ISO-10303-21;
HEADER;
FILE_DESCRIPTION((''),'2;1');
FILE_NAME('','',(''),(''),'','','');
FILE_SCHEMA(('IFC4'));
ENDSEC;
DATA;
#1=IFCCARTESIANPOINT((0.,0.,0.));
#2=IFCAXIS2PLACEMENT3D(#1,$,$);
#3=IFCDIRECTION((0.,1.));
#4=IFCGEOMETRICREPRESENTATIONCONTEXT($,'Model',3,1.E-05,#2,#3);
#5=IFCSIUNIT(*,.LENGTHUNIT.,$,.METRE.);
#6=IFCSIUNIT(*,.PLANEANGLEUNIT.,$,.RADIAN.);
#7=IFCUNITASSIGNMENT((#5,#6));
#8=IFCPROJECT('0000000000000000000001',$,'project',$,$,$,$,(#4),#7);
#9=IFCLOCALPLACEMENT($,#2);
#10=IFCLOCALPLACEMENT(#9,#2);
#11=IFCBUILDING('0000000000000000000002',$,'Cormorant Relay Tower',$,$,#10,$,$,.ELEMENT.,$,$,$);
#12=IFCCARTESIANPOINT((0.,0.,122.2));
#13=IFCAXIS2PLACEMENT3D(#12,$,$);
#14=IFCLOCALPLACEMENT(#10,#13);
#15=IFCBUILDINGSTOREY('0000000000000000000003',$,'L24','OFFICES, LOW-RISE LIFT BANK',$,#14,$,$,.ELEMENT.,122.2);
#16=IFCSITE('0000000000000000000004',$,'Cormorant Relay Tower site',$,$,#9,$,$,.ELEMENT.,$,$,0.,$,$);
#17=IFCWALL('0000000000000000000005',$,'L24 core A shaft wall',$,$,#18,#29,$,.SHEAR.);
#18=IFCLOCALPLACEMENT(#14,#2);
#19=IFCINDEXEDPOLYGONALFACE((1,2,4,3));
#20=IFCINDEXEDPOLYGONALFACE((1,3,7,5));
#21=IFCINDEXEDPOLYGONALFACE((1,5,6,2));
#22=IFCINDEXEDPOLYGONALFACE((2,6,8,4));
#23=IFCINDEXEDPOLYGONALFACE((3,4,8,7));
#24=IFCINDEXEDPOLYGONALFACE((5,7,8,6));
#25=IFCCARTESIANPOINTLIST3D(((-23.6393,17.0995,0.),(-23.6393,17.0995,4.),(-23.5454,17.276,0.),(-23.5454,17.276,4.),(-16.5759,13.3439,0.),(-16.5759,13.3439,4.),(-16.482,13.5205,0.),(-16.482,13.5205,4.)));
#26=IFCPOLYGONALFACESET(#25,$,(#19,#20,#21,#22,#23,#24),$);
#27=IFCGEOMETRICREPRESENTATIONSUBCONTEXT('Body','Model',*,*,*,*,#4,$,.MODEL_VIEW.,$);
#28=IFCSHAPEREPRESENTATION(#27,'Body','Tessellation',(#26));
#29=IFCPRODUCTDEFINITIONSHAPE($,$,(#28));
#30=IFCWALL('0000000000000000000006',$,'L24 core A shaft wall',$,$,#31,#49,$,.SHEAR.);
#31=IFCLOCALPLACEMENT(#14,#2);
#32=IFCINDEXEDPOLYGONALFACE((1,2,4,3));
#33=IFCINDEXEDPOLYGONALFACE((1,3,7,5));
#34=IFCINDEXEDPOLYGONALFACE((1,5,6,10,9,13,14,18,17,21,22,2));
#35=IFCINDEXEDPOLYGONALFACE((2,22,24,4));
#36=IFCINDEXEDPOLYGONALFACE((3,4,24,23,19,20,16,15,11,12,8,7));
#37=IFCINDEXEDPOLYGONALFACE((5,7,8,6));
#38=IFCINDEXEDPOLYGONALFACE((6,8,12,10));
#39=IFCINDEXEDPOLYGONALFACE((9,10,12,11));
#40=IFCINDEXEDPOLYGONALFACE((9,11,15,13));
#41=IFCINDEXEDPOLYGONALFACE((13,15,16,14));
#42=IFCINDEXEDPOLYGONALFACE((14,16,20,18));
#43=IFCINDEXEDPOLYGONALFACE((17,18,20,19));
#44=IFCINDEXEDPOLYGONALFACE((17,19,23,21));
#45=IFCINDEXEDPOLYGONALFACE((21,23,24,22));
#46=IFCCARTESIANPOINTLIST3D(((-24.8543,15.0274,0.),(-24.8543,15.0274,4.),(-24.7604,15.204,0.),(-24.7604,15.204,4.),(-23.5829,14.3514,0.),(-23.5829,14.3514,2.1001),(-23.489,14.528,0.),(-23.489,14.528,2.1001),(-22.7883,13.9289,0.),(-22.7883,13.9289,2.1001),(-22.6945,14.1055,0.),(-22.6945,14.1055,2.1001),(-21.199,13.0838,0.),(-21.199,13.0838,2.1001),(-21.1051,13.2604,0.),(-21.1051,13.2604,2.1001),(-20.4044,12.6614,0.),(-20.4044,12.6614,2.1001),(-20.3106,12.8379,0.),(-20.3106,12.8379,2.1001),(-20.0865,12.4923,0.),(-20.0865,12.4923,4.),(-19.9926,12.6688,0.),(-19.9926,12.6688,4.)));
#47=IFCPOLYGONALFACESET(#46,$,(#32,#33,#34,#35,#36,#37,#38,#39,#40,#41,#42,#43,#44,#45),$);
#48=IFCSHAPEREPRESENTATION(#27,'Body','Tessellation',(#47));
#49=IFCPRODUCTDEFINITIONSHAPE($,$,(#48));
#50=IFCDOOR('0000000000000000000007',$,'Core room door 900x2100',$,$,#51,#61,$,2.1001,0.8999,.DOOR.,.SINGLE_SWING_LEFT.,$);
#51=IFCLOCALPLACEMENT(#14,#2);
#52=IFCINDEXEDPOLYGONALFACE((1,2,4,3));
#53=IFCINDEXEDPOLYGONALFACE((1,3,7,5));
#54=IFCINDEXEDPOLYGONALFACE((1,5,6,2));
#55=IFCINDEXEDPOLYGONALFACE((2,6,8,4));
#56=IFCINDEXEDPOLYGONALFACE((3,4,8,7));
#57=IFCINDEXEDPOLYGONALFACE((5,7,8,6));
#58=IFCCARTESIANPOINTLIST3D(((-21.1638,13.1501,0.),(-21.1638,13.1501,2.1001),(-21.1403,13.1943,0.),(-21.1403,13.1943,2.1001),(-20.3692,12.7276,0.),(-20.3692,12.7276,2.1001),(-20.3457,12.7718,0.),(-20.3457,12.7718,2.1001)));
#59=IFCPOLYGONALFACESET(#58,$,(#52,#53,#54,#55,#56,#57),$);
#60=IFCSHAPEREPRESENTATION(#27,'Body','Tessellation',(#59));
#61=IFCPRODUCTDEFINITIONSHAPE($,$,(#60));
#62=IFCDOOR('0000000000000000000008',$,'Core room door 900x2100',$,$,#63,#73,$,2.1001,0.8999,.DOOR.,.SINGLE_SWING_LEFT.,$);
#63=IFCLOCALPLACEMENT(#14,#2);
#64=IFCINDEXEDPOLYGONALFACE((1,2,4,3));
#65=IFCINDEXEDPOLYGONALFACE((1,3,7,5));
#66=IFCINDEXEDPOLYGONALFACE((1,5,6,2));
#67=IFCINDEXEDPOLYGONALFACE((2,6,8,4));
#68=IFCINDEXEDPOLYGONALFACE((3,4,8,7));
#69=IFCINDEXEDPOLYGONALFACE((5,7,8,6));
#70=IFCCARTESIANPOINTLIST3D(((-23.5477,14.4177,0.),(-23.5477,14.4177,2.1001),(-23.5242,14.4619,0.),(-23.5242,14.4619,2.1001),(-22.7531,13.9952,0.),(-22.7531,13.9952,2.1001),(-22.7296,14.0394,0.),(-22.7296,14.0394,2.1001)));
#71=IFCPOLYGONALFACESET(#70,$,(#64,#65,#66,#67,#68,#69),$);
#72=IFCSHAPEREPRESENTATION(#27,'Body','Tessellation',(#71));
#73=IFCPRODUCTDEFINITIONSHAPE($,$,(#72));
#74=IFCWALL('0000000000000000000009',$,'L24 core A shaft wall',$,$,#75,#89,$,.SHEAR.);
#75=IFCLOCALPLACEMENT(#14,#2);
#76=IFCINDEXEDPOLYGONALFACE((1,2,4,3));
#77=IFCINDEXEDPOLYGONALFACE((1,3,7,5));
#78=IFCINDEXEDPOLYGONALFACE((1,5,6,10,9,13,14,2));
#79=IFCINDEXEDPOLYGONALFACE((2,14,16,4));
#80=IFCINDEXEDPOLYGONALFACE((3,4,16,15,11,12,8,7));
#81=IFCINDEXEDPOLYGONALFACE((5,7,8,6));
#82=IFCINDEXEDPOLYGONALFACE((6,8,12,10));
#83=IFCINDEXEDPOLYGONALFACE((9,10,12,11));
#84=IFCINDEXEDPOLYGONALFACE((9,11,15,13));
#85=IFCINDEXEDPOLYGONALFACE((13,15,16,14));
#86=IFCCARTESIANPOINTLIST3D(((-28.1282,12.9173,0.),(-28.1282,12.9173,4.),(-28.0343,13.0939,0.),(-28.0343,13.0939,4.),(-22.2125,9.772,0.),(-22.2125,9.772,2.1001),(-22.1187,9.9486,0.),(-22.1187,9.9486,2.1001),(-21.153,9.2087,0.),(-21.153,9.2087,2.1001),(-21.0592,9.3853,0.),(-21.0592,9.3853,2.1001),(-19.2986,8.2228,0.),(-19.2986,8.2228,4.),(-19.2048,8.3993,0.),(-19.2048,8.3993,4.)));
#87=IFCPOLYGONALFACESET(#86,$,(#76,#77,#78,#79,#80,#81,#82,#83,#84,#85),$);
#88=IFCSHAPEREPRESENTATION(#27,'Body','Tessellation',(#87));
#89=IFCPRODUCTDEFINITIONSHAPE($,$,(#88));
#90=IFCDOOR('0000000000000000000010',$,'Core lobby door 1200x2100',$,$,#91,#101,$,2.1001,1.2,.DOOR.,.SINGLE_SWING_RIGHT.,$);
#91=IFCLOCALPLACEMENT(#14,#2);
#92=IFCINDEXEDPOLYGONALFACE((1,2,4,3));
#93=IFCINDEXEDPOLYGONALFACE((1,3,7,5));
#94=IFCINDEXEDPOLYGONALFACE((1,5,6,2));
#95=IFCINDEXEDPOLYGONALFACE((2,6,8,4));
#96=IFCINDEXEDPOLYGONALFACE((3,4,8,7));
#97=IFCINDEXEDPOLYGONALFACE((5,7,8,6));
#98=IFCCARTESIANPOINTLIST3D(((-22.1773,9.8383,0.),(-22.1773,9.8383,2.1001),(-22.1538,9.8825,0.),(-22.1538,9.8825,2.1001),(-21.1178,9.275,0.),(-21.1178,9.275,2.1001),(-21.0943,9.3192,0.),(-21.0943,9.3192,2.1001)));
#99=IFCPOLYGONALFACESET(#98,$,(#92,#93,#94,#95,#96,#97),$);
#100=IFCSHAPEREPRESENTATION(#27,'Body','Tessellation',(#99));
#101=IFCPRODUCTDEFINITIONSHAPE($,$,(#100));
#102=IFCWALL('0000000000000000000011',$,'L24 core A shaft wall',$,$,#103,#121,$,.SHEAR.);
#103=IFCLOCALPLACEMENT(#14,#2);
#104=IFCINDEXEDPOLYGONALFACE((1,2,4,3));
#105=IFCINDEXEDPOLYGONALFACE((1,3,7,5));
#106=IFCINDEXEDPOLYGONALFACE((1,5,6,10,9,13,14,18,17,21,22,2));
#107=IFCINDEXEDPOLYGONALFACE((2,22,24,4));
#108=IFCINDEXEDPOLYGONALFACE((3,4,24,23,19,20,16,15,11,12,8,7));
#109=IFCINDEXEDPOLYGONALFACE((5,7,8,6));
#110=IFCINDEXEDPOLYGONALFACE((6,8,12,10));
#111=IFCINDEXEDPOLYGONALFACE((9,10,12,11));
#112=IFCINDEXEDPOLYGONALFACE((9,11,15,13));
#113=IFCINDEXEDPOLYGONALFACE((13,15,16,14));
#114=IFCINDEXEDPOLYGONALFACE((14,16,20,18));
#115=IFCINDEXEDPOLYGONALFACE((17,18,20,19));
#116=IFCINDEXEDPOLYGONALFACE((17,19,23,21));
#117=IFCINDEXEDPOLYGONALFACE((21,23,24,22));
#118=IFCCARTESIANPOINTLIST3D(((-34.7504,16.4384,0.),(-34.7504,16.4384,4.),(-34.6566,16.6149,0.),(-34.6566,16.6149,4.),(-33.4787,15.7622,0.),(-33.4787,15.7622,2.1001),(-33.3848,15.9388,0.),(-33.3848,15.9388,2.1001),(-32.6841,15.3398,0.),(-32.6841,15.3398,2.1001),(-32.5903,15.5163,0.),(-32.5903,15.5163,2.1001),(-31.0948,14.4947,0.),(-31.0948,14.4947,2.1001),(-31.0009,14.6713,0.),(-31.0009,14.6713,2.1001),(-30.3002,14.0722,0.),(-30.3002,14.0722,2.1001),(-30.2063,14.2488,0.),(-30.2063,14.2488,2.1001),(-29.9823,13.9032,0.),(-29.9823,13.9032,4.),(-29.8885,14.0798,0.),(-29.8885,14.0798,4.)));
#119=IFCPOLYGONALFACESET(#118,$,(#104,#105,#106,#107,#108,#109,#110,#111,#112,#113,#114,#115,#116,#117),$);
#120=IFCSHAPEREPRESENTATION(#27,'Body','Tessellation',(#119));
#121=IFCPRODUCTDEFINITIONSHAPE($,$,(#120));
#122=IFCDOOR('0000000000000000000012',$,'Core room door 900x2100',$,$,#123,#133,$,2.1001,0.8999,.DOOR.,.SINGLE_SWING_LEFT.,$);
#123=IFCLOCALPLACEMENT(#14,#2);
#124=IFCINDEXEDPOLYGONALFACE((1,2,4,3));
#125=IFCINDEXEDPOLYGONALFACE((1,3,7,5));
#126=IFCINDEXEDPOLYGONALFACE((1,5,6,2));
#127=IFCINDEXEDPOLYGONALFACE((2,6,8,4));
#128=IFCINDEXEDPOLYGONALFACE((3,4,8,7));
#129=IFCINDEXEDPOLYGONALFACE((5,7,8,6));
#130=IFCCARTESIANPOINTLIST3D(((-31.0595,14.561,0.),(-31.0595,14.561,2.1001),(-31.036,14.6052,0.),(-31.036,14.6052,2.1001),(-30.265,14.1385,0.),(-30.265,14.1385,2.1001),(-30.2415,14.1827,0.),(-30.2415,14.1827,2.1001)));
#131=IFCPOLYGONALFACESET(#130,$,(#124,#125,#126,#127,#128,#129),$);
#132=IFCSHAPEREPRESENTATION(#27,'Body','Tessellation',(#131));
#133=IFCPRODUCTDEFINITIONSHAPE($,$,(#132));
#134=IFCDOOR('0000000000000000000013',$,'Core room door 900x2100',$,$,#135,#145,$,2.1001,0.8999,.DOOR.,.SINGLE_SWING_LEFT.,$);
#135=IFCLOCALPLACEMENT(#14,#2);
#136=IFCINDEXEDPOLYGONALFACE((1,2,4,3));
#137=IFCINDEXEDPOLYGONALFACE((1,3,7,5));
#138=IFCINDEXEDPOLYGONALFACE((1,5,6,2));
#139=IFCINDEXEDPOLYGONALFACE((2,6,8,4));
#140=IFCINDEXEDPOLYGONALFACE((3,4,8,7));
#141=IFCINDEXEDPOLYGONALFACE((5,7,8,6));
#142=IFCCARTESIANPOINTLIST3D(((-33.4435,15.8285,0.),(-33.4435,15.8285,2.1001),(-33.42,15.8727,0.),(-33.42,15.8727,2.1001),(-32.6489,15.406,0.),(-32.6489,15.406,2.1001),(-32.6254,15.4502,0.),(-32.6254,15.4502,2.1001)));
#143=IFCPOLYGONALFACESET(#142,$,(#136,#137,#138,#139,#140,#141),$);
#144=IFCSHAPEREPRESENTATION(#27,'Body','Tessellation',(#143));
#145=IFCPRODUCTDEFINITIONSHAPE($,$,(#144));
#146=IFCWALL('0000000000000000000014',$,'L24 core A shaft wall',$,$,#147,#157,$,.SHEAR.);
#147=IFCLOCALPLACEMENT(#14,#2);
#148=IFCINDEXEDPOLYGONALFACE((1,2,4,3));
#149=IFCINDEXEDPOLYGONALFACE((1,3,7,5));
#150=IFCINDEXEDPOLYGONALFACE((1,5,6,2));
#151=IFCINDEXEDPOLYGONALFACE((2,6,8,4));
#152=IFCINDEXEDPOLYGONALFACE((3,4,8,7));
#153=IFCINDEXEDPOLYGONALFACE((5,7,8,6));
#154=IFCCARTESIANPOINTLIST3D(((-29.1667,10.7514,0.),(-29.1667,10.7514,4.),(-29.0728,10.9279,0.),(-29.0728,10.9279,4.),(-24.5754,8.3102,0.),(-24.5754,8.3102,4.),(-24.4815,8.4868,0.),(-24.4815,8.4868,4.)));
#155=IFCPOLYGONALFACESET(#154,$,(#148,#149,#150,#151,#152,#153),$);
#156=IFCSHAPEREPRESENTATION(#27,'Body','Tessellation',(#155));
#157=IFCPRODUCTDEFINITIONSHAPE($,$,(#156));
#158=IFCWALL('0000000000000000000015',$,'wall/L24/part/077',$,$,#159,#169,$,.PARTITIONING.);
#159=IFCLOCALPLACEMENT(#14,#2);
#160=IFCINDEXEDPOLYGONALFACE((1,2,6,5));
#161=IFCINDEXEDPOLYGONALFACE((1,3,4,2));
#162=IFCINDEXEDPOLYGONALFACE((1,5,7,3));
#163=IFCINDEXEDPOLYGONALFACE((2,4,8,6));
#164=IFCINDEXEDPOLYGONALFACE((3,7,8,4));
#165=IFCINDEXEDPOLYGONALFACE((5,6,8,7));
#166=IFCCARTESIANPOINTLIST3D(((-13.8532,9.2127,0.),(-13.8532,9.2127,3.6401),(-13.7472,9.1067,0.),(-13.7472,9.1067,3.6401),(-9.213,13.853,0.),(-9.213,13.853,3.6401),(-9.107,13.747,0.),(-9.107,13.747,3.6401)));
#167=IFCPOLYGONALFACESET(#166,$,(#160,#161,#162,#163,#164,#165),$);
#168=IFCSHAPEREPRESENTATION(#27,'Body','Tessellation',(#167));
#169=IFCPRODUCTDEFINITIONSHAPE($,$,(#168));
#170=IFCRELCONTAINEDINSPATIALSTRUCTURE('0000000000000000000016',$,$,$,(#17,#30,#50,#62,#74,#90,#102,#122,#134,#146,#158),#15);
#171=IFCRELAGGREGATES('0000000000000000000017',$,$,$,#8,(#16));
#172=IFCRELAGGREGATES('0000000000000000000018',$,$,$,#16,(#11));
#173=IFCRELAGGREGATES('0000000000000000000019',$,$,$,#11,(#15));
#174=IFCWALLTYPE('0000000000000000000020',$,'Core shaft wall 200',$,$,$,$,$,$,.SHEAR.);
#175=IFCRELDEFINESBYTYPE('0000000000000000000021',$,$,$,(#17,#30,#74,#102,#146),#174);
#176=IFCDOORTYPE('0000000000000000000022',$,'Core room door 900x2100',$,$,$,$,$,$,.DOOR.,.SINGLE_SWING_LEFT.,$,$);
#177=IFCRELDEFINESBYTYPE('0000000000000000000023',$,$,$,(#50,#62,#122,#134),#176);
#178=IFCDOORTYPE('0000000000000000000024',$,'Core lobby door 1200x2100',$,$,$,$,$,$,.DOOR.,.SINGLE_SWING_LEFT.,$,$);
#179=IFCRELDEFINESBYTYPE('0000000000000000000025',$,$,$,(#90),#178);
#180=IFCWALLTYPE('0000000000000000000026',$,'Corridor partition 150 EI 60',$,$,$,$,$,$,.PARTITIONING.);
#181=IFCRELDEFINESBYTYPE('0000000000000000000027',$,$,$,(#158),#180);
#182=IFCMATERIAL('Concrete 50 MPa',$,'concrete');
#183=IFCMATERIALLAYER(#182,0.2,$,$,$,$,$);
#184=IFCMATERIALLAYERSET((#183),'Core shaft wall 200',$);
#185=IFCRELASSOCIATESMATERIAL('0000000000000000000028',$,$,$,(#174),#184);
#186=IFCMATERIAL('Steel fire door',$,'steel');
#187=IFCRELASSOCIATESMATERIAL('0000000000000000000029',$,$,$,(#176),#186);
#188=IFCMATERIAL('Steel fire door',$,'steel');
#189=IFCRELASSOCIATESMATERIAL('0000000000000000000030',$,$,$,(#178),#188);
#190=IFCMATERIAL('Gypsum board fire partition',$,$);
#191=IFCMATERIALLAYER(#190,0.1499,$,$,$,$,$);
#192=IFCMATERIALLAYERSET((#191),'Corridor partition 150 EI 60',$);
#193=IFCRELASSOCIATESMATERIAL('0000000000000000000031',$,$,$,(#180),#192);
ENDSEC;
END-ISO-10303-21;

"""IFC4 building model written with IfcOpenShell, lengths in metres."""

from ifc_helpers import new_model, si_unit, direction, frame, frame_2d, origin, place, context, subcontext, project, spatial, rectangle, extrude, material, layer, layer_set, type_object, element, fill, save


model = new_model("IFC4")

# Units and contexts
model_context = context("Model", 3, precision=1e-05, world=origin(), true_north=direction((0.0, 1.0)))
body_context = subcontext(model_context, "Body", "Model", "MODEL_VIEW")
ifc_project = project(units=[si_unit("LENGTHUNIT", "METRE"), si_unit("PLANEANGLEUNIT", "RADIAN")], contexts=[model_context])

# Site, building, storey
site_placement = place(None, origin())
site = spatial("IfcSite", under=ifc_project, at=site_placement, Name="Cormorant Relay Tower site", CompositionType="ELEMENT", RefElevation=0.0)
building_placement = place(site_placement, origin())
building = spatial("IfcBuilding", under=site, at=building_placement, Name="Cormorant Relay Tower", CompositionType="ELEMENT")
storey_placement = place(building_placement, frame((0.0, 0.0, 122.2)))
storey = spatial("IfcBuildingStorey", under=building, at=storey_placement, Name="L24", Description="OFFICES, LOW-RISE LIFT BANK", CompositionType="ELEMENT", Elevation=122.2)

# Shared definitions
ifc_material_1 = material(Name="Concrete 50 MPa", Category="concrete")
ifc_layer_1 = layer(ifc_material_1, 0.2)
ifc_layer_set_1 = layer_set([ifc_layer_1], Name="Core shaft wall 200")
wall_type_1 = type_object("IfcWallType", Name="Core shaft wall 200", PredefinedType="SHEAR", material=ifc_layer_set_1)

# Shared definitions
ifc_material_2 = material(Name="Steel fire door", Category="steel")
door_type_1 = type_object("IfcDoorType", Name="Core room door 900x2100", OperationType="SINGLE_SWING_LEFT", PredefinedType="DOOR", material=ifc_material_2)

# Wall
wall_1_placement = place(storey_placement, frame((-16.5288, 13.4321, 0.0), z_axis=(0.0, 0.0, 1.0), x_axis=(-0.882953, 0.469462, 0.0)))
element("IfcWall", 1, at=wall_1_placement, inside=storey, type_object=wall_type_1, Name="L24 core A shaft wall", PredefinedType="SHEAR", context=body_context, shape_type="SweptSolid", body=[
    extrude(rectangle(XDim=7.9998, YDim=0.2, at=frame_2d((4.0, 0.0))), origin(), (0.0, 0.0, 1.0), 4.0),
])

# Wall, openings, doors
wall_2_placement = place(storey_placement, frame((-20.0396, 12.5806, 0.0), z_axis=(0.0, 0.0, 1.0), x_axis=(-0.882943, 0.46948, 0.0)))
wall_2 = element("IfcWall", 2, at=wall_2_placement, inside=storey, type_object=wall_type_1, Name="L24 core A shaft wall", PredefinedType="SHEAR", context=body_context, shape_type="SweptSolid", body=[
    extrude(rectangle(XDim=5.3999, YDim=0.2, at=frame_2d((2.7, 0.0))), origin(), (0.0, 0.0, 1.0), 4.0),
])
opening_1_placement = place(wall_2_placement, frame((0.3601, 0.0, 0.0)))
opening_1 = element("IfcOpeningElement", 3, at=opening_1_placement, cuts=wall_2, PredefinedType="OPENING", context=body_context, shape_type="SweptSolid", body=[
    extrude(rectangle(XDim=0.8999, YDim=2.1001, at=frame_2d((0.45, 1.05))), frame((0.0, 0.1099, 0.0), z_axis=(0.0, -1.0, 0.0), x_axis=(1.0, 0.0, 0.0)), (0.0, 0.0, 1.0), 0.22),
])
opening_2_placement = place(wall_2_placement, frame((3.0601, 0.0, 0.0)))
opening_2 = element("IfcOpeningElement", 4, at=opening_2_placement, cuts=wall_2, PredefinedType="OPENING", context=body_context, shape_type="SweptSolid", body=[
    extrude(rectangle(XDim=0.8999, YDim=2.1001, at=frame_2d((0.45, 1.05))), frame((0.0, 0.1099, 0.0), z_axis=(0.0, -1.0, 0.0), x_axis=(1.0, 0.0, 0.0)), (0.0, 0.0, 1.0), 0.22),
])
door_1_placement = place(opening_1_placement, origin())
door_1 = element("IfcDoor", 5, at=door_1_placement, inside=storey, type_object=door_type_1, Name="Core room door 900x2100", OperationType="SINGLE_SWING_LEFT", OverallHeight=2.1001, OverallWidth=0.8999, PredefinedType="DOOR", context=body_context, shape_type="SweptSolid", body=[
    extrude(rectangle(XDim=0.8999, YDim=2.1001, at=frame_2d((0.45, 1.05))), frame((0.0, 0.0249, 0.0), z_axis=(0.0, -1.0, 0.0), x_axis=(1.0, 0.0, 0.0)), (0.0, 0.0, 1.0), 0.05),
])
fill(opening_1, door_1)
door_2_placement = place(opening_2_placement, origin())
door_2 = element("IfcDoor", 6, at=door_2_placement, inside=storey, type_object=door_type_1, Name="Core room door 900x2100", OperationType="SINGLE_SWING_LEFT", OverallHeight=2.1001, OverallWidth=0.8999, PredefinedType="DOOR", context=body_context, shape_type="SweptSolid", body=[
    extrude(rectangle(XDim=0.8999, YDim=2.1001, at=frame_2d((0.45, 1.05))), frame((0.0, 0.0249, 0.0), z_axis=(0.0, -1.0, 0.0), x_axis=(1.0, 0.0, 0.0)), (0.0, 0.0, 1.0), 0.05),
])
fill(opening_2, door_2)

# Wall, opening, door
wall_3_placement = place(storey_placement, frame((-19.2517, 8.311, 0.0), z_axis=(0.0, 0.0, 1.0), x_axis=(-0.882956, 0.469456, 0.0)))
wall_3 = element("IfcWall", 7, at=wall_3_placement, inside=storey, type_object=wall_type_1, Name="L24 core A shaft wall", PredefinedType="SHEAR", context=body_context, shape_type="SweptSolid", body=[
    extrude(rectangle(XDim=10.0, YDim=0.2, at=frame_2d((5.0, 0.0))), origin(), (0.0, 0.0, 1.0), 4.0),
])
opening_3_placement = place(wall_3_placement, frame((2.1001, 0.0, 0.0)))
opening_3 = element("IfcOpeningElement", 8, at=opening_3_placement, cuts=wall_3, PredefinedType="OPENING", context=body_context, shape_type="SweptSolid", body=[
    extrude(rectangle(XDim=1.2, YDim=2.1001, at=frame_2d((0.6001, 1.05))), frame((0.0, 0.1099, 0.0), z_axis=(0.0, -1.0, 0.0), x_axis=(1.0, 0.0, 0.0)), (0.0, 0.0, 1.0), 0.22),
])
ifc_material_3 = material(Name="Steel fire door", Category="steel")
door_type_2 = type_object("IfcDoorType", Name="Core lobby door 1200x2100", OperationType="SINGLE_SWING_LEFT", PredefinedType="DOOR", material=ifc_material_3)
door_3_placement = place(opening_3_placement, origin())
door_3 = element("IfcDoor", 9, at=door_3_placement, inside=storey, type_object=door_type_2, Name="Core lobby door 1200x2100", OperationType="SINGLE_SWING_RIGHT", OverallHeight=2.1001, OverallWidth=1.2, PredefinedType="DOOR", context=body_context, shape_type="SweptSolid", body=[
    extrude(rectangle(XDim=1.2, YDim=2.1001, at=frame_2d((0.6001, 1.05))), frame((0.0, 0.0249, 0.0), z_axis=(0.0, -1.0, 0.0), x_axis=(1.0, 0.0, 0.0)), (0.0, 0.0, 1.0), 0.05),
])
fill(opening_3, door_3)

# Wall, openings, doors
wall_4_placement = place(storey_placement, frame((-29.9353, 13.9915, 0.0), z_axis=(0.0, 0.0, 1.0), x_axis=(-0.882953, 0.469462, 0.0)))
wall_4 = element("IfcWall", 10, at=wall_4_placement, inside=storey, type_object=wall_type_1, Name="L24 core A shaft wall", PredefinedType="SHEAR", context=body_context, shape_type="SweptSolid", body=[
    extrude(rectangle(XDim=5.4001, YDim=0.2, at=frame_2d((2.7002, 0.0))), origin(), (0.0, 0.0, 1.0), 4.0),
])
opening_4_placement = place(wall_4_placement, frame((0.3601, 0.0, 0.0)))
opening_4 = element("IfcOpeningElement", 11, at=opening_4_placement, cuts=wall_4, PredefinedType="OPENING", context=body_context, shape_type="SweptSolid", body=[
    extrude(rectangle(XDim=0.8999, YDim=2.1001, at=frame_2d((0.45, 1.05))), frame((0.0, 0.1099, 0.0), z_axis=(0.0, -1.0, 0.0), x_axis=(1.0, 0.0, 0.0)), (0.0, 0.0, 1.0), 0.22),
])
opening_5_placement = place(wall_4_placement, frame((3.0601, 0.0, 0.0)))
opening_5 = element("IfcOpeningElement", 12, at=opening_5_placement, cuts=wall_4, PredefinedType="OPENING", context=body_context, shape_type="SweptSolid", body=[
    extrude(rectangle(XDim=0.8999, YDim=2.1001, at=frame_2d((0.45, 1.05))), frame((0.0, 0.1099, 0.0), z_axis=(0.0, -1.0, 0.0), x_axis=(1.0, 0.0, 0.0)), (0.0, 0.0, 1.0), 0.22),
])
door_4_placement = place(opening_4_placement, origin())
door_4 = element("IfcDoor", 13, at=door_4_placement, inside=storey, type_object=door_type_1, Name="Core room door 900x2100", OperationType="SINGLE_SWING_LEFT", OverallHeight=2.1001, OverallWidth=0.8999, PredefinedType="DOOR", context=body_context, shape_type="SweptSolid", body=[
    extrude(rectangle(XDim=0.8999, YDim=2.1001, at=frame_2d((0.45, 1.05))), frame((0.0, 0.0249, 0.0), z_axis=(0.0, -1.0, 0.0), x_axis=(1.0, 0.0, 0.0)), (0.0, 0.0, 1.0), 0.05),
])
fill(opening_4, door_4)
door_5_placement = place(opening_5_placement, origin())
door_5 = element("IfcDoor", 14, at=door_5_placement, inside=storey, type_object=door_type_1, Name="Core room door 900x2100", OperationType="SINGLE_SWING_LEFT", OverallHeight=2.1001, OverallWidth=0.8999, PredefinedType="DOOR", context=body_context, shape_type="SweptSolid", body=[
    extrude(rectangle(XDim=0.8999, YDim=2.1001, at=frame_2d((0.45, 1.05))), frame((0.0, 0.0249, 0.0), z_axis=(0.0, -1.0, 0.0), x_axis=(1.0, 0.0, 0.0)), (0.0, 0.0, 1.0), 0.05),
])
fill(opening_5, door_5)

# Walls
wall_5_placement = place(storey_placement, frame((-24.5283, 8.3984, 0.0), z_axis=(0.0, 0.0, 1.0), x_axis=(-0.882954, 0.46946, 0.0)))
element("IfcWall", 15, at=wall_5_placement, inside=storey, type_object=wall_type_1, Name="L24 core A shaft wall", PredefinedType="SHEAR", context=body_context, shape_type="SweptSolid", body=[
    extrude(rectangle(XDim=5.2, YDim=0.2, at=frame_2d((2.6001, 0.0))), origin(), (0.0, 0.0, 1.0), 4.0),
])
ifc_material_4 = material(Name="Gypsum board fire partition")
ifc_layer_2 = layer(ifc_material_4, 0.1499)
ifc_layer_set_2 = layer_set([ifc_layer_2], Name="Corridor partition 150 EI 60")
wall_type_2 = type_object("IfcWallType", Name="Corridor partition 150 EI 60", PredefinedType="PARTITIONING", material=ifc_layer_set_2)
wall_6_placement = place(storey_placement, frame((-9.1599, 13.8, 0.0), z_axis=(0.0, 0.0, 1.0), x_axis=(-0.707107, -0.707107, 0.0)))
element("IfcWall", 16, at=wall_6_placement, inside=storey, type_object=wall_type_2, Name="wall/L24/part/077", PredefinedType="PARTITIONING", context=body_context, shape_type="SweptSolid", body=[
    extrude(rectangle(XDim=6.5623, YDim=0.1499, at=frame_2d((3.2812, 0.0))), origin(), (0.0, 0.0, 1.0), 3.6401),
])

save(model, "model.ifc")
